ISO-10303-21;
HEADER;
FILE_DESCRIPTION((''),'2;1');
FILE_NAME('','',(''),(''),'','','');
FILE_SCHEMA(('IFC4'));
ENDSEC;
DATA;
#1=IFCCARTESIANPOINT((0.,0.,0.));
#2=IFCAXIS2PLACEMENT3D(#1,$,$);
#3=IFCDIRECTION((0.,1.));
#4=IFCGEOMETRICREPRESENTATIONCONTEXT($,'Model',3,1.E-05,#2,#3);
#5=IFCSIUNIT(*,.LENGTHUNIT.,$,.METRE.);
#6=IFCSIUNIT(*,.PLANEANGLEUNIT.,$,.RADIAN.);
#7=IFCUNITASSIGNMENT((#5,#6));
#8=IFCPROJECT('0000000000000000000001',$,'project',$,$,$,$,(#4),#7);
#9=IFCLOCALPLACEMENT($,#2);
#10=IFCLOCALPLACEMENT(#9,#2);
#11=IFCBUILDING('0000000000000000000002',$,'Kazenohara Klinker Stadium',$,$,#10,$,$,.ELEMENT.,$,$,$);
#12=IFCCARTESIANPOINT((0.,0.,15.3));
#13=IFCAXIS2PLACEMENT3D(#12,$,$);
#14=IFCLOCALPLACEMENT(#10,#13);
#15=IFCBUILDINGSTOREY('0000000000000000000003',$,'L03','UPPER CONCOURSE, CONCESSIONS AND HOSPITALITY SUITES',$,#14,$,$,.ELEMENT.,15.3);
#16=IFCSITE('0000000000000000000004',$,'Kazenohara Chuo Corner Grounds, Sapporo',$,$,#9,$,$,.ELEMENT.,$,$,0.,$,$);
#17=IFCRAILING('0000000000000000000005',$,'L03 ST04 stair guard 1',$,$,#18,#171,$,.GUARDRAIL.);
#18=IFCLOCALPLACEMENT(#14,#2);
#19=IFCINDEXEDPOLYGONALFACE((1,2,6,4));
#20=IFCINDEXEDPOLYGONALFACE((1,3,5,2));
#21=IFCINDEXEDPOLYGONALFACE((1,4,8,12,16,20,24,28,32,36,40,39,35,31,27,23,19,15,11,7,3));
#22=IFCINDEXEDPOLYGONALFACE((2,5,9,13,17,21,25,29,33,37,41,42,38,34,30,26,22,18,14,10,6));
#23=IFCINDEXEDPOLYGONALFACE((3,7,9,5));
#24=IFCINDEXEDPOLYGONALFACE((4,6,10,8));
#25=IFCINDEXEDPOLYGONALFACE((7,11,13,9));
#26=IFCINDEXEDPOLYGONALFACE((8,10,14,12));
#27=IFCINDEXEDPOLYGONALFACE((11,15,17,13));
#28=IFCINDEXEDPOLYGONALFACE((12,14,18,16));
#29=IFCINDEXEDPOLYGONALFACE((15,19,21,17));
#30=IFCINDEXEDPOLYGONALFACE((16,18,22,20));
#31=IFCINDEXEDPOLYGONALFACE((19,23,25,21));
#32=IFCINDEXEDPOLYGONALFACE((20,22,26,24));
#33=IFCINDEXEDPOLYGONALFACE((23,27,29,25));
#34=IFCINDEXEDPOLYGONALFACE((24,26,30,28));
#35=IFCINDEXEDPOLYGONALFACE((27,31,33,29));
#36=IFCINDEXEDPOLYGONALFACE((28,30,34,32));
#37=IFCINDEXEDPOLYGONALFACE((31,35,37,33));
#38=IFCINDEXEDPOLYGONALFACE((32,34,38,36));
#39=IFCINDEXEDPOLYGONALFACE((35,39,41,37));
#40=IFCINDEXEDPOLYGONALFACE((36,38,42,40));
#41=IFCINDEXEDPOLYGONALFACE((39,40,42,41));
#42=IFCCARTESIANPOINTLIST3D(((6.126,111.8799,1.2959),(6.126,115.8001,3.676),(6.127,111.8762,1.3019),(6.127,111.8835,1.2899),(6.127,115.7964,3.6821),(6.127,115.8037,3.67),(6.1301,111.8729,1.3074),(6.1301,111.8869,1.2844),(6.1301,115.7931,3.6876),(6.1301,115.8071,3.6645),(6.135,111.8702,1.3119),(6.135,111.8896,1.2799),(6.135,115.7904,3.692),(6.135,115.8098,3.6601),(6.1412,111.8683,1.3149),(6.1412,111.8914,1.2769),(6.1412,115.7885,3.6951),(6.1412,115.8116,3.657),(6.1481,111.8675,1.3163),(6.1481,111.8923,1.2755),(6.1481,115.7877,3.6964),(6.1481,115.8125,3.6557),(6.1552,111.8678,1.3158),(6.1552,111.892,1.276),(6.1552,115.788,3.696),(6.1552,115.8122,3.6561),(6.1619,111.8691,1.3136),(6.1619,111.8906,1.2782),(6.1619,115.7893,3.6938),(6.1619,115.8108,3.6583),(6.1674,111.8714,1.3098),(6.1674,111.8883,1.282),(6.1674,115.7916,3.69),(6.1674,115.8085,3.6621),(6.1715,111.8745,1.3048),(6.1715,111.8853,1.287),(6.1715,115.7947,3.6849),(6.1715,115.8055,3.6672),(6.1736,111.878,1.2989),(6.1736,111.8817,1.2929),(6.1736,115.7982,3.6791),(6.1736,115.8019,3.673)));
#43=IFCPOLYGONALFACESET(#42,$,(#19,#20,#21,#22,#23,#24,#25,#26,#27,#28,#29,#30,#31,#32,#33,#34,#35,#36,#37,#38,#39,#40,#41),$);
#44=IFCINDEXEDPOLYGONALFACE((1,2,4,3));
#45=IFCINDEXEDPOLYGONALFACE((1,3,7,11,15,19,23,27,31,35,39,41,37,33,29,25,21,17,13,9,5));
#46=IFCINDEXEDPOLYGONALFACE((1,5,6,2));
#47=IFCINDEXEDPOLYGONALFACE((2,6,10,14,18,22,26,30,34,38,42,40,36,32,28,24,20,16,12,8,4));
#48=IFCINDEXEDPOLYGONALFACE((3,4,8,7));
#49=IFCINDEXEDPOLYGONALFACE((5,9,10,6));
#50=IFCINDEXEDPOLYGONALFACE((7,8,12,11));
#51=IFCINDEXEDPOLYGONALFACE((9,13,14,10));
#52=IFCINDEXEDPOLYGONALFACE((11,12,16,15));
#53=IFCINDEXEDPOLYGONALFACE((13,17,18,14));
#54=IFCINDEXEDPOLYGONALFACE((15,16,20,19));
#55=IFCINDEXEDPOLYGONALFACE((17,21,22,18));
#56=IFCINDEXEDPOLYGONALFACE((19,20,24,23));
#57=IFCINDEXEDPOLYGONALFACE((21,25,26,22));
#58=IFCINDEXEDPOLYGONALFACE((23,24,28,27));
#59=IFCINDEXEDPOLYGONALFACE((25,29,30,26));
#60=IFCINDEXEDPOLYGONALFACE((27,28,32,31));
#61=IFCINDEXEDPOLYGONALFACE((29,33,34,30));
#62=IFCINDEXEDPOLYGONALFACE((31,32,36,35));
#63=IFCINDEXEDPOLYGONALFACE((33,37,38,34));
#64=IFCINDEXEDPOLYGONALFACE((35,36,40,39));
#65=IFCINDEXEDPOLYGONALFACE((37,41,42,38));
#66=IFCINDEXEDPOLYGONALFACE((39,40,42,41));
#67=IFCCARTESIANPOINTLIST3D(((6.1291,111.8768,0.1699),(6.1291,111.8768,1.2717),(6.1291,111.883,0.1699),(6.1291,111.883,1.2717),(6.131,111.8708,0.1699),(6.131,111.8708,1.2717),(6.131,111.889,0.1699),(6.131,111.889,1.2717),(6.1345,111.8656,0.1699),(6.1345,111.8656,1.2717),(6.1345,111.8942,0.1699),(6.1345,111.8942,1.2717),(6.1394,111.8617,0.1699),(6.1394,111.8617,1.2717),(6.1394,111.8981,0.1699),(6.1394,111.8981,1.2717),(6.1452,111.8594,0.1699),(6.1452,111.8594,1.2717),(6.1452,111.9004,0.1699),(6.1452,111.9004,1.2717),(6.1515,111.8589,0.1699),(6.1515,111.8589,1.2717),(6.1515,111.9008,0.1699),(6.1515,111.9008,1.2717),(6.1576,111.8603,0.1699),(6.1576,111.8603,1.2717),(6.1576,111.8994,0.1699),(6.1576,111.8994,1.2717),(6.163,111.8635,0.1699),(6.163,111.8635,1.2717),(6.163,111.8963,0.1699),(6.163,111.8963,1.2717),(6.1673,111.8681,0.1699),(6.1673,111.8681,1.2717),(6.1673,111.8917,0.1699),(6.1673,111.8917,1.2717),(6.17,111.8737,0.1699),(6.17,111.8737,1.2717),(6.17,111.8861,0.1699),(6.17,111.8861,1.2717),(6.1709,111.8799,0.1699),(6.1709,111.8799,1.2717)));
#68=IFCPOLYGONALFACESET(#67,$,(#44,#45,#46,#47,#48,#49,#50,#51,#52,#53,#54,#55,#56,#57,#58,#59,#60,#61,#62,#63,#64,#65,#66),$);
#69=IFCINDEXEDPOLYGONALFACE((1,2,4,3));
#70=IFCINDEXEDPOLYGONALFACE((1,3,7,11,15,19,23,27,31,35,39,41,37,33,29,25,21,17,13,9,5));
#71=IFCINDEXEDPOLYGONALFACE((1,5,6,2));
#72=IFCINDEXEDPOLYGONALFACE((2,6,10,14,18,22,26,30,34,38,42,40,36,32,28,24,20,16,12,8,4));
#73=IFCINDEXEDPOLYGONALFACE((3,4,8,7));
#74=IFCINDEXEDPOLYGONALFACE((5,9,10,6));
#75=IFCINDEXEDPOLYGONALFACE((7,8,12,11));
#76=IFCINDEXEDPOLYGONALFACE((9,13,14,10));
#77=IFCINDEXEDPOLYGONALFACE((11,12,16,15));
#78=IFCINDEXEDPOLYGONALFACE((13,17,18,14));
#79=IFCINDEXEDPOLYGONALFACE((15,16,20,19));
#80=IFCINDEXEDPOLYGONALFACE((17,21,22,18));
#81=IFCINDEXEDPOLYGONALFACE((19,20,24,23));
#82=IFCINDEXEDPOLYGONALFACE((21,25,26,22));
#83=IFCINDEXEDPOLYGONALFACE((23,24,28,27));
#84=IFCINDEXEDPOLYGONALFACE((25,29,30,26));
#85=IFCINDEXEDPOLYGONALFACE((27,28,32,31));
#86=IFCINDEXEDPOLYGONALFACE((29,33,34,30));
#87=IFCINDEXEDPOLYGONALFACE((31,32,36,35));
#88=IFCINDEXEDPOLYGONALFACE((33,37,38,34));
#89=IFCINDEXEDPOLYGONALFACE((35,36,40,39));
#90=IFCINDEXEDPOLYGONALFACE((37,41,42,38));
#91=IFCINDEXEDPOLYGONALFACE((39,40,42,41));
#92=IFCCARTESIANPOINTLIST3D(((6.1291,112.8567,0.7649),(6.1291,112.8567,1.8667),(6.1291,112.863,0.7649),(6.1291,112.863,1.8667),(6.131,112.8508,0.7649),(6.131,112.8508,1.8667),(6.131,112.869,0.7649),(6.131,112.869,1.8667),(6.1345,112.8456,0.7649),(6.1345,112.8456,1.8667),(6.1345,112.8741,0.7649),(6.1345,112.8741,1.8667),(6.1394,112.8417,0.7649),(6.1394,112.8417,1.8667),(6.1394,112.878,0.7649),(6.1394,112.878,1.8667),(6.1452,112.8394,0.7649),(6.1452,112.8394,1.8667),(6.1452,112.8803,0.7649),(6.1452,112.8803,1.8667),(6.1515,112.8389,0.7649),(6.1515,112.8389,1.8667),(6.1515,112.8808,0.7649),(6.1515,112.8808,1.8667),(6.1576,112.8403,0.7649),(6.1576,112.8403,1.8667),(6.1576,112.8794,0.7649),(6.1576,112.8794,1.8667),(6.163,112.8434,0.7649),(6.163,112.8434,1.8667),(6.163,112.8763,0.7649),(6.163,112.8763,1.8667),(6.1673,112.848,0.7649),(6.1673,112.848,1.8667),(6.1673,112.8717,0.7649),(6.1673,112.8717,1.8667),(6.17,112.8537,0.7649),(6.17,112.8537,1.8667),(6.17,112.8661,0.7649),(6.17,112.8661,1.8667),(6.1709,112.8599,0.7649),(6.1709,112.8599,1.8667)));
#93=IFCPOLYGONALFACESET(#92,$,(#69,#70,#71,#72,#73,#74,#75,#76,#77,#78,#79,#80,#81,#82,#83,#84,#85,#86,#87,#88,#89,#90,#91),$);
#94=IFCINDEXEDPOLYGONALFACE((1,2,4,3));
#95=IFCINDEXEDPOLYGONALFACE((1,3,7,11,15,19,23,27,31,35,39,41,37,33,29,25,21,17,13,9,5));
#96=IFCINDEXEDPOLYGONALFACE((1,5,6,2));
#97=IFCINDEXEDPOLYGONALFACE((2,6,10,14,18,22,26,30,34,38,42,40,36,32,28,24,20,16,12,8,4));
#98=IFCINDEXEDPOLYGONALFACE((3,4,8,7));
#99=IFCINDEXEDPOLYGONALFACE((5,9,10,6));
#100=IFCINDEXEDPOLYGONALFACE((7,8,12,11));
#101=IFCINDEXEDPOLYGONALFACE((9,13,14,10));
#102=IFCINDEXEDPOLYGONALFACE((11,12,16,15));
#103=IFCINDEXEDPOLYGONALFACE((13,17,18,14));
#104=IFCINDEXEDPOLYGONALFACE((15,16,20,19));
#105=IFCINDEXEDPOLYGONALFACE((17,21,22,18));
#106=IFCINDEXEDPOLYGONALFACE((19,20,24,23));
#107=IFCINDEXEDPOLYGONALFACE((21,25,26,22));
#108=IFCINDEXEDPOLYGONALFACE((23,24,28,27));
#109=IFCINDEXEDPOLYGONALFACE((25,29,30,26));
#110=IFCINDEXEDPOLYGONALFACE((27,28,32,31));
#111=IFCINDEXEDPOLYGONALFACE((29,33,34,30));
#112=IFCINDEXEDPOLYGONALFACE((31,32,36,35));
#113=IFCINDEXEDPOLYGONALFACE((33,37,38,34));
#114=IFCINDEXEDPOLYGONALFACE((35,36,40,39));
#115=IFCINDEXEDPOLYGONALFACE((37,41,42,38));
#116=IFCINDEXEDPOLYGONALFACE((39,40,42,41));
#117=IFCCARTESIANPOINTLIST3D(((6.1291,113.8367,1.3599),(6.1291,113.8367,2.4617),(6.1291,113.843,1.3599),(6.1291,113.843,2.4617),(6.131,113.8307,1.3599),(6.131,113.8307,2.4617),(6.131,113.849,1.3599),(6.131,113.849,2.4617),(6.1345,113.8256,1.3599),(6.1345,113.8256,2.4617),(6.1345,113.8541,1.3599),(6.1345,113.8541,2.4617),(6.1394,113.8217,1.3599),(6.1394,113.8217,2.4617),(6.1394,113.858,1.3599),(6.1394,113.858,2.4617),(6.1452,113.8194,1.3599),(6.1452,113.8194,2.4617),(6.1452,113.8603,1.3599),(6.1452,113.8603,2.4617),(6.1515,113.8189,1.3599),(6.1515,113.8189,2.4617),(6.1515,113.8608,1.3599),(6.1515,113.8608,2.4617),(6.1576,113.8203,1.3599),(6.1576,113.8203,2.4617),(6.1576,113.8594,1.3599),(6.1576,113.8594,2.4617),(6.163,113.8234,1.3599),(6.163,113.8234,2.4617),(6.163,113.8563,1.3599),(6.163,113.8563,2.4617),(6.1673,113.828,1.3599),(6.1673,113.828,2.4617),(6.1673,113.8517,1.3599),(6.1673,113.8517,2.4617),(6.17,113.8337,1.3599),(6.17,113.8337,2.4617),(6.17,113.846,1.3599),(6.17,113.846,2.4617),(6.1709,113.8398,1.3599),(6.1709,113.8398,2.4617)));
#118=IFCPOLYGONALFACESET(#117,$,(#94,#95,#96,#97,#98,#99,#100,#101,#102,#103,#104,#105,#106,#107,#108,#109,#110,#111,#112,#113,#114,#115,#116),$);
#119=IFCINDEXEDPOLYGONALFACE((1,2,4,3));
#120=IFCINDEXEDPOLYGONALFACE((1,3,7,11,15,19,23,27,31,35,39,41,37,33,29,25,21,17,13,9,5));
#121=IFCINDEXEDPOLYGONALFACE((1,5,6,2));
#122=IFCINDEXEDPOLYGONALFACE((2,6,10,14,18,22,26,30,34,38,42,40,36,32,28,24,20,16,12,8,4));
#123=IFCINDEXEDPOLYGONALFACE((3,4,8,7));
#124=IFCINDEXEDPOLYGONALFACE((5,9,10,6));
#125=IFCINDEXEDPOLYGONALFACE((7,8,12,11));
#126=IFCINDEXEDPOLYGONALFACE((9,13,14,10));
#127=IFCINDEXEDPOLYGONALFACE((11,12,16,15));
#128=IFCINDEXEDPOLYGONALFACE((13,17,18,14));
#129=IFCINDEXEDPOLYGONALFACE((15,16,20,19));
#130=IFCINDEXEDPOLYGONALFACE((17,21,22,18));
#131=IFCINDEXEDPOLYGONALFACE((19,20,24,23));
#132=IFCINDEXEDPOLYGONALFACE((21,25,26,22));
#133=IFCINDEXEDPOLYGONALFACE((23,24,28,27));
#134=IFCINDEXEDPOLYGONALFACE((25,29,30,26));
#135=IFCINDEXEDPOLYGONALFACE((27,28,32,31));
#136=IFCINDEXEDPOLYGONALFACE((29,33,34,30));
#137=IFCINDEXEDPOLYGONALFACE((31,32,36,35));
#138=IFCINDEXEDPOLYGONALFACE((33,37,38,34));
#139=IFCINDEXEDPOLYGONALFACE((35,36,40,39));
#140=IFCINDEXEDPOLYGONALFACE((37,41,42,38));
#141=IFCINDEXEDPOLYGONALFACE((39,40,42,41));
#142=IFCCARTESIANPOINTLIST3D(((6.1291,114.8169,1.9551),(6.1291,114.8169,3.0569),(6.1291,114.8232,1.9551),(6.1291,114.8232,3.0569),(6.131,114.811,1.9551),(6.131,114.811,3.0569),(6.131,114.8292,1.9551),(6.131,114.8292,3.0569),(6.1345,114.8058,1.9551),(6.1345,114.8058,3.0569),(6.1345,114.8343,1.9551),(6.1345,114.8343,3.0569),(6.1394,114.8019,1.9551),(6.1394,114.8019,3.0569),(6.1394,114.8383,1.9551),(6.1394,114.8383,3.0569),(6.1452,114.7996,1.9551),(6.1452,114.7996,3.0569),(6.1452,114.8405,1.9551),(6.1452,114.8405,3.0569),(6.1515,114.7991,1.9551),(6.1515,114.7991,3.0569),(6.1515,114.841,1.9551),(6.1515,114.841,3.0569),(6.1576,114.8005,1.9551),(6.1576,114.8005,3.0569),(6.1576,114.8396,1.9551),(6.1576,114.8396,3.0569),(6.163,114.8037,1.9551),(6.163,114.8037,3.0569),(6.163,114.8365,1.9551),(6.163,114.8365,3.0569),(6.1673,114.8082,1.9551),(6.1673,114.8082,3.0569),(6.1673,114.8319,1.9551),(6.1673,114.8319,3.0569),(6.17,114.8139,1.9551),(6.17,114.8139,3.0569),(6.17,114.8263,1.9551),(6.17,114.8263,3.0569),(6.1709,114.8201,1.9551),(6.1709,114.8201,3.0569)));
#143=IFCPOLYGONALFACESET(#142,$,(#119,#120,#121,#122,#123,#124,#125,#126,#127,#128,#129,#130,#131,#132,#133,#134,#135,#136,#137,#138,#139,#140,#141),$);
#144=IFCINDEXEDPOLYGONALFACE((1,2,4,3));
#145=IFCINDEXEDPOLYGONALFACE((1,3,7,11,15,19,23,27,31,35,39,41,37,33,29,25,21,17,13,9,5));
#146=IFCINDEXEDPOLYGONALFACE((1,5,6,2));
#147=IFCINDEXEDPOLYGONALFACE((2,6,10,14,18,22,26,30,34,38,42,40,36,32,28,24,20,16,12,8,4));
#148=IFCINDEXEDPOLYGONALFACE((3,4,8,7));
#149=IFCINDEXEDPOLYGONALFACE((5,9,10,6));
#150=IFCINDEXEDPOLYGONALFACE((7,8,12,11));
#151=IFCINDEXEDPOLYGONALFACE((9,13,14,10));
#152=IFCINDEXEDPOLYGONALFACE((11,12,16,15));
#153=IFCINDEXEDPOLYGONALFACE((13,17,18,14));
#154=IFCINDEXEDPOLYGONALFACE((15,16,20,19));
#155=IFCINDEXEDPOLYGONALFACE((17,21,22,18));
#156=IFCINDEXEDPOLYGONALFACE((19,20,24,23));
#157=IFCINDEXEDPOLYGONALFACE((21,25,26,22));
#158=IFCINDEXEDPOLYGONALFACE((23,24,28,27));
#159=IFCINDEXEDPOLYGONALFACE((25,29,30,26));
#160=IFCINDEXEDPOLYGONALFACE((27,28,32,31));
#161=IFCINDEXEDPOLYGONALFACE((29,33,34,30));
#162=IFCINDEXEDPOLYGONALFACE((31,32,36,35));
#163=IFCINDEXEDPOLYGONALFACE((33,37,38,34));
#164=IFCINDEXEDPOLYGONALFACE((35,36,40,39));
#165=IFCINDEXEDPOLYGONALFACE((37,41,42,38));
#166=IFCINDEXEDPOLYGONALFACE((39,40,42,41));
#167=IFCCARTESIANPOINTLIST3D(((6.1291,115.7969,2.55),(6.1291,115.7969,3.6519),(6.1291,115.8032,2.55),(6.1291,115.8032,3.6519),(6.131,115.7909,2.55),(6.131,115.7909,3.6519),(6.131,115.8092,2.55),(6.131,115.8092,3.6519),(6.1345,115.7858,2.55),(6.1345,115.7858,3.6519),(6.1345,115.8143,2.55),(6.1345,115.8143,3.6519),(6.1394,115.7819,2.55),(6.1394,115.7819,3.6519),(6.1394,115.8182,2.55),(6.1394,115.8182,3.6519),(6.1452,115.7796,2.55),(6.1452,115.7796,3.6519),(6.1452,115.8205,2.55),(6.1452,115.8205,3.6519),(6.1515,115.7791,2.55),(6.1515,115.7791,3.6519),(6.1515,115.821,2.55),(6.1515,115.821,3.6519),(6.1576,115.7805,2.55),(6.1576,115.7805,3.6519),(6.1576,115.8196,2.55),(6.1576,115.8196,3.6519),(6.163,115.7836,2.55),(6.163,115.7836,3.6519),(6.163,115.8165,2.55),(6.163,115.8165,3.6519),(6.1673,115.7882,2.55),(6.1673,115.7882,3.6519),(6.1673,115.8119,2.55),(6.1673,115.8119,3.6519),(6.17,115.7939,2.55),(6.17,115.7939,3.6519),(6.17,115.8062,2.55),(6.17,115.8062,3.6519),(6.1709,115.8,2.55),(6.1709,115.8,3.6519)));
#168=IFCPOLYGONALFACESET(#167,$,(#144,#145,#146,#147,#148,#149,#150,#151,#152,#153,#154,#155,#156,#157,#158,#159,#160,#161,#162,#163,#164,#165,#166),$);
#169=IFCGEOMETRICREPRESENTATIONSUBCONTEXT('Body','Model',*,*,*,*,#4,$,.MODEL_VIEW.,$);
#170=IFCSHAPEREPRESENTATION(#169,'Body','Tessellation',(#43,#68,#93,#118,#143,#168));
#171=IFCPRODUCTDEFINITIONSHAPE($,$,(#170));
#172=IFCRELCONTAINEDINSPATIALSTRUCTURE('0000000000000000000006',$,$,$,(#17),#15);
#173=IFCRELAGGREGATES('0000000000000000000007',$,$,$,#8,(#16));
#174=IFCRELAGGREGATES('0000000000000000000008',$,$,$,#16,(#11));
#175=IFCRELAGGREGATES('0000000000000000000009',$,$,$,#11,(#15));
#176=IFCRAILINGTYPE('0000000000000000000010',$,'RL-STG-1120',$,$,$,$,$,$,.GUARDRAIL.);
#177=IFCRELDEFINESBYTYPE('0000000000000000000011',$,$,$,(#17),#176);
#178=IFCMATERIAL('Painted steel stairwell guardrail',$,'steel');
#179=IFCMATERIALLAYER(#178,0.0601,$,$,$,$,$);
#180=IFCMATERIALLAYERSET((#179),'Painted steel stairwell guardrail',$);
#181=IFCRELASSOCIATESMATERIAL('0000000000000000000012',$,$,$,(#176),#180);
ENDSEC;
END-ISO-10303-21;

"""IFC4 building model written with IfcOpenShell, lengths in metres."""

from ifc_helpers import new_model, si_unit, direction, frame, origin, origin_2d, place, context, subcontext, project, spatial, circle, extrude, material, layer, layer_set, type_object, element, save


model = new_model("IFC4")

# Units and contexts
model_context = context("Model", 3, precision=1e-05, world=origin(), true_north=direction((0.0, 1.0)))
body_context = subcontext(model_context, "Body", "Model", "MODEL_VIEW")
ifc_project = project(units=[si_unit("LENGTHUNIT", "METRE"), si_unit("PLANEANGLEUNIT", "RADIAN")], contexts=[model_context])

# Site, building, storey
site_placement = place(None, origin())
site = spatial("IfcSite", under=ifc_project, at=site_placement, Name="Kazenohara Chuo Corner Grounds, Sapporo", CompositionType="ELEMENT", RefElevation=0.0)
building_placement = place(site_placement, origin())
building = spatial("IfcBuilding", under=site, at=building_placement, Name="Kazenohara Klinker Stadium", CompositionType="ELEMENT")
storey_placement = place(building_placement, frame((0.0, 0.0, 15.3)))
storey = spatial("IfcBuildingStorey", under=building, at=storey_placement, Name="L03", Description="UPPER CONCOURSE, CONCESSIONS AND HOSPITALITY SUITES", CompositionType="ELEMENT", Elevation=15.3)

# Railing
ifc_material_1 = material(Name="Painted steel stairwell guardrail", Category="steel")
ifc_layer_1 = layer(ifc_material_1, 0.0601)
ifc_layer_set_1 = layer_set([ifc_layer_1], Name="Painted steel stairwell guardrail")
railing_type_1 = type_object("IfcRailingType", Name="RL-STG-1120", PredefinedType="GUARDRAIL", material=ifc_layer_set_1)
railing_1_placement = place(storey_placement, frame((6.1499, 111.8799, 0.1699)))
element("IfcRailing", 1, at=railing_1_placement, inside=storey, type_object=railing_type_1, Name="L03 ST04 stair guard 1", PredefinedType="GUARDRAIL", context=body_context, shape_type="SweptSolid", body=[
    extrude(circle(Radius=0.0239, at=origin_2d()), frame((0.0, 0.0, 1.126), z_axis=(0.0, 0.854785, 0.518982), x_axis=(-1.0, 0.0, 0.0)), (0.0, 0.0, 1.0), 4.5862),
    extrude(circle(Radius=0.021, at=origin_2d()), origin(), (0.0, 0.0, 1.0), 1.1018),
    extrude(circle(Radius=0.021, at=origin_2d()), frame((0.0, 0.98, 0.595)), (0.0, 0.0, 1.0), 1.1018),
    extrude(circle(Radius=0.021, at=origin_2d()), frame((0.0, 1.96, 1.1899)), (0.0, 0.0, 1.0), 1.1018),
    extrude(circle(Radius=0.021, at=origin_2d()), frame((0.0, 2.9402, 1.7852)), (0.0, 0.0, 1.0), 1.1018),
    extrude(circle(Radius=0.021, at=origin_2d()), frame((0.0, 3.9202, 2.3801)), (0.0, 0.0, 1.0), 1.1018),
])

save(model, "model.ifc")
